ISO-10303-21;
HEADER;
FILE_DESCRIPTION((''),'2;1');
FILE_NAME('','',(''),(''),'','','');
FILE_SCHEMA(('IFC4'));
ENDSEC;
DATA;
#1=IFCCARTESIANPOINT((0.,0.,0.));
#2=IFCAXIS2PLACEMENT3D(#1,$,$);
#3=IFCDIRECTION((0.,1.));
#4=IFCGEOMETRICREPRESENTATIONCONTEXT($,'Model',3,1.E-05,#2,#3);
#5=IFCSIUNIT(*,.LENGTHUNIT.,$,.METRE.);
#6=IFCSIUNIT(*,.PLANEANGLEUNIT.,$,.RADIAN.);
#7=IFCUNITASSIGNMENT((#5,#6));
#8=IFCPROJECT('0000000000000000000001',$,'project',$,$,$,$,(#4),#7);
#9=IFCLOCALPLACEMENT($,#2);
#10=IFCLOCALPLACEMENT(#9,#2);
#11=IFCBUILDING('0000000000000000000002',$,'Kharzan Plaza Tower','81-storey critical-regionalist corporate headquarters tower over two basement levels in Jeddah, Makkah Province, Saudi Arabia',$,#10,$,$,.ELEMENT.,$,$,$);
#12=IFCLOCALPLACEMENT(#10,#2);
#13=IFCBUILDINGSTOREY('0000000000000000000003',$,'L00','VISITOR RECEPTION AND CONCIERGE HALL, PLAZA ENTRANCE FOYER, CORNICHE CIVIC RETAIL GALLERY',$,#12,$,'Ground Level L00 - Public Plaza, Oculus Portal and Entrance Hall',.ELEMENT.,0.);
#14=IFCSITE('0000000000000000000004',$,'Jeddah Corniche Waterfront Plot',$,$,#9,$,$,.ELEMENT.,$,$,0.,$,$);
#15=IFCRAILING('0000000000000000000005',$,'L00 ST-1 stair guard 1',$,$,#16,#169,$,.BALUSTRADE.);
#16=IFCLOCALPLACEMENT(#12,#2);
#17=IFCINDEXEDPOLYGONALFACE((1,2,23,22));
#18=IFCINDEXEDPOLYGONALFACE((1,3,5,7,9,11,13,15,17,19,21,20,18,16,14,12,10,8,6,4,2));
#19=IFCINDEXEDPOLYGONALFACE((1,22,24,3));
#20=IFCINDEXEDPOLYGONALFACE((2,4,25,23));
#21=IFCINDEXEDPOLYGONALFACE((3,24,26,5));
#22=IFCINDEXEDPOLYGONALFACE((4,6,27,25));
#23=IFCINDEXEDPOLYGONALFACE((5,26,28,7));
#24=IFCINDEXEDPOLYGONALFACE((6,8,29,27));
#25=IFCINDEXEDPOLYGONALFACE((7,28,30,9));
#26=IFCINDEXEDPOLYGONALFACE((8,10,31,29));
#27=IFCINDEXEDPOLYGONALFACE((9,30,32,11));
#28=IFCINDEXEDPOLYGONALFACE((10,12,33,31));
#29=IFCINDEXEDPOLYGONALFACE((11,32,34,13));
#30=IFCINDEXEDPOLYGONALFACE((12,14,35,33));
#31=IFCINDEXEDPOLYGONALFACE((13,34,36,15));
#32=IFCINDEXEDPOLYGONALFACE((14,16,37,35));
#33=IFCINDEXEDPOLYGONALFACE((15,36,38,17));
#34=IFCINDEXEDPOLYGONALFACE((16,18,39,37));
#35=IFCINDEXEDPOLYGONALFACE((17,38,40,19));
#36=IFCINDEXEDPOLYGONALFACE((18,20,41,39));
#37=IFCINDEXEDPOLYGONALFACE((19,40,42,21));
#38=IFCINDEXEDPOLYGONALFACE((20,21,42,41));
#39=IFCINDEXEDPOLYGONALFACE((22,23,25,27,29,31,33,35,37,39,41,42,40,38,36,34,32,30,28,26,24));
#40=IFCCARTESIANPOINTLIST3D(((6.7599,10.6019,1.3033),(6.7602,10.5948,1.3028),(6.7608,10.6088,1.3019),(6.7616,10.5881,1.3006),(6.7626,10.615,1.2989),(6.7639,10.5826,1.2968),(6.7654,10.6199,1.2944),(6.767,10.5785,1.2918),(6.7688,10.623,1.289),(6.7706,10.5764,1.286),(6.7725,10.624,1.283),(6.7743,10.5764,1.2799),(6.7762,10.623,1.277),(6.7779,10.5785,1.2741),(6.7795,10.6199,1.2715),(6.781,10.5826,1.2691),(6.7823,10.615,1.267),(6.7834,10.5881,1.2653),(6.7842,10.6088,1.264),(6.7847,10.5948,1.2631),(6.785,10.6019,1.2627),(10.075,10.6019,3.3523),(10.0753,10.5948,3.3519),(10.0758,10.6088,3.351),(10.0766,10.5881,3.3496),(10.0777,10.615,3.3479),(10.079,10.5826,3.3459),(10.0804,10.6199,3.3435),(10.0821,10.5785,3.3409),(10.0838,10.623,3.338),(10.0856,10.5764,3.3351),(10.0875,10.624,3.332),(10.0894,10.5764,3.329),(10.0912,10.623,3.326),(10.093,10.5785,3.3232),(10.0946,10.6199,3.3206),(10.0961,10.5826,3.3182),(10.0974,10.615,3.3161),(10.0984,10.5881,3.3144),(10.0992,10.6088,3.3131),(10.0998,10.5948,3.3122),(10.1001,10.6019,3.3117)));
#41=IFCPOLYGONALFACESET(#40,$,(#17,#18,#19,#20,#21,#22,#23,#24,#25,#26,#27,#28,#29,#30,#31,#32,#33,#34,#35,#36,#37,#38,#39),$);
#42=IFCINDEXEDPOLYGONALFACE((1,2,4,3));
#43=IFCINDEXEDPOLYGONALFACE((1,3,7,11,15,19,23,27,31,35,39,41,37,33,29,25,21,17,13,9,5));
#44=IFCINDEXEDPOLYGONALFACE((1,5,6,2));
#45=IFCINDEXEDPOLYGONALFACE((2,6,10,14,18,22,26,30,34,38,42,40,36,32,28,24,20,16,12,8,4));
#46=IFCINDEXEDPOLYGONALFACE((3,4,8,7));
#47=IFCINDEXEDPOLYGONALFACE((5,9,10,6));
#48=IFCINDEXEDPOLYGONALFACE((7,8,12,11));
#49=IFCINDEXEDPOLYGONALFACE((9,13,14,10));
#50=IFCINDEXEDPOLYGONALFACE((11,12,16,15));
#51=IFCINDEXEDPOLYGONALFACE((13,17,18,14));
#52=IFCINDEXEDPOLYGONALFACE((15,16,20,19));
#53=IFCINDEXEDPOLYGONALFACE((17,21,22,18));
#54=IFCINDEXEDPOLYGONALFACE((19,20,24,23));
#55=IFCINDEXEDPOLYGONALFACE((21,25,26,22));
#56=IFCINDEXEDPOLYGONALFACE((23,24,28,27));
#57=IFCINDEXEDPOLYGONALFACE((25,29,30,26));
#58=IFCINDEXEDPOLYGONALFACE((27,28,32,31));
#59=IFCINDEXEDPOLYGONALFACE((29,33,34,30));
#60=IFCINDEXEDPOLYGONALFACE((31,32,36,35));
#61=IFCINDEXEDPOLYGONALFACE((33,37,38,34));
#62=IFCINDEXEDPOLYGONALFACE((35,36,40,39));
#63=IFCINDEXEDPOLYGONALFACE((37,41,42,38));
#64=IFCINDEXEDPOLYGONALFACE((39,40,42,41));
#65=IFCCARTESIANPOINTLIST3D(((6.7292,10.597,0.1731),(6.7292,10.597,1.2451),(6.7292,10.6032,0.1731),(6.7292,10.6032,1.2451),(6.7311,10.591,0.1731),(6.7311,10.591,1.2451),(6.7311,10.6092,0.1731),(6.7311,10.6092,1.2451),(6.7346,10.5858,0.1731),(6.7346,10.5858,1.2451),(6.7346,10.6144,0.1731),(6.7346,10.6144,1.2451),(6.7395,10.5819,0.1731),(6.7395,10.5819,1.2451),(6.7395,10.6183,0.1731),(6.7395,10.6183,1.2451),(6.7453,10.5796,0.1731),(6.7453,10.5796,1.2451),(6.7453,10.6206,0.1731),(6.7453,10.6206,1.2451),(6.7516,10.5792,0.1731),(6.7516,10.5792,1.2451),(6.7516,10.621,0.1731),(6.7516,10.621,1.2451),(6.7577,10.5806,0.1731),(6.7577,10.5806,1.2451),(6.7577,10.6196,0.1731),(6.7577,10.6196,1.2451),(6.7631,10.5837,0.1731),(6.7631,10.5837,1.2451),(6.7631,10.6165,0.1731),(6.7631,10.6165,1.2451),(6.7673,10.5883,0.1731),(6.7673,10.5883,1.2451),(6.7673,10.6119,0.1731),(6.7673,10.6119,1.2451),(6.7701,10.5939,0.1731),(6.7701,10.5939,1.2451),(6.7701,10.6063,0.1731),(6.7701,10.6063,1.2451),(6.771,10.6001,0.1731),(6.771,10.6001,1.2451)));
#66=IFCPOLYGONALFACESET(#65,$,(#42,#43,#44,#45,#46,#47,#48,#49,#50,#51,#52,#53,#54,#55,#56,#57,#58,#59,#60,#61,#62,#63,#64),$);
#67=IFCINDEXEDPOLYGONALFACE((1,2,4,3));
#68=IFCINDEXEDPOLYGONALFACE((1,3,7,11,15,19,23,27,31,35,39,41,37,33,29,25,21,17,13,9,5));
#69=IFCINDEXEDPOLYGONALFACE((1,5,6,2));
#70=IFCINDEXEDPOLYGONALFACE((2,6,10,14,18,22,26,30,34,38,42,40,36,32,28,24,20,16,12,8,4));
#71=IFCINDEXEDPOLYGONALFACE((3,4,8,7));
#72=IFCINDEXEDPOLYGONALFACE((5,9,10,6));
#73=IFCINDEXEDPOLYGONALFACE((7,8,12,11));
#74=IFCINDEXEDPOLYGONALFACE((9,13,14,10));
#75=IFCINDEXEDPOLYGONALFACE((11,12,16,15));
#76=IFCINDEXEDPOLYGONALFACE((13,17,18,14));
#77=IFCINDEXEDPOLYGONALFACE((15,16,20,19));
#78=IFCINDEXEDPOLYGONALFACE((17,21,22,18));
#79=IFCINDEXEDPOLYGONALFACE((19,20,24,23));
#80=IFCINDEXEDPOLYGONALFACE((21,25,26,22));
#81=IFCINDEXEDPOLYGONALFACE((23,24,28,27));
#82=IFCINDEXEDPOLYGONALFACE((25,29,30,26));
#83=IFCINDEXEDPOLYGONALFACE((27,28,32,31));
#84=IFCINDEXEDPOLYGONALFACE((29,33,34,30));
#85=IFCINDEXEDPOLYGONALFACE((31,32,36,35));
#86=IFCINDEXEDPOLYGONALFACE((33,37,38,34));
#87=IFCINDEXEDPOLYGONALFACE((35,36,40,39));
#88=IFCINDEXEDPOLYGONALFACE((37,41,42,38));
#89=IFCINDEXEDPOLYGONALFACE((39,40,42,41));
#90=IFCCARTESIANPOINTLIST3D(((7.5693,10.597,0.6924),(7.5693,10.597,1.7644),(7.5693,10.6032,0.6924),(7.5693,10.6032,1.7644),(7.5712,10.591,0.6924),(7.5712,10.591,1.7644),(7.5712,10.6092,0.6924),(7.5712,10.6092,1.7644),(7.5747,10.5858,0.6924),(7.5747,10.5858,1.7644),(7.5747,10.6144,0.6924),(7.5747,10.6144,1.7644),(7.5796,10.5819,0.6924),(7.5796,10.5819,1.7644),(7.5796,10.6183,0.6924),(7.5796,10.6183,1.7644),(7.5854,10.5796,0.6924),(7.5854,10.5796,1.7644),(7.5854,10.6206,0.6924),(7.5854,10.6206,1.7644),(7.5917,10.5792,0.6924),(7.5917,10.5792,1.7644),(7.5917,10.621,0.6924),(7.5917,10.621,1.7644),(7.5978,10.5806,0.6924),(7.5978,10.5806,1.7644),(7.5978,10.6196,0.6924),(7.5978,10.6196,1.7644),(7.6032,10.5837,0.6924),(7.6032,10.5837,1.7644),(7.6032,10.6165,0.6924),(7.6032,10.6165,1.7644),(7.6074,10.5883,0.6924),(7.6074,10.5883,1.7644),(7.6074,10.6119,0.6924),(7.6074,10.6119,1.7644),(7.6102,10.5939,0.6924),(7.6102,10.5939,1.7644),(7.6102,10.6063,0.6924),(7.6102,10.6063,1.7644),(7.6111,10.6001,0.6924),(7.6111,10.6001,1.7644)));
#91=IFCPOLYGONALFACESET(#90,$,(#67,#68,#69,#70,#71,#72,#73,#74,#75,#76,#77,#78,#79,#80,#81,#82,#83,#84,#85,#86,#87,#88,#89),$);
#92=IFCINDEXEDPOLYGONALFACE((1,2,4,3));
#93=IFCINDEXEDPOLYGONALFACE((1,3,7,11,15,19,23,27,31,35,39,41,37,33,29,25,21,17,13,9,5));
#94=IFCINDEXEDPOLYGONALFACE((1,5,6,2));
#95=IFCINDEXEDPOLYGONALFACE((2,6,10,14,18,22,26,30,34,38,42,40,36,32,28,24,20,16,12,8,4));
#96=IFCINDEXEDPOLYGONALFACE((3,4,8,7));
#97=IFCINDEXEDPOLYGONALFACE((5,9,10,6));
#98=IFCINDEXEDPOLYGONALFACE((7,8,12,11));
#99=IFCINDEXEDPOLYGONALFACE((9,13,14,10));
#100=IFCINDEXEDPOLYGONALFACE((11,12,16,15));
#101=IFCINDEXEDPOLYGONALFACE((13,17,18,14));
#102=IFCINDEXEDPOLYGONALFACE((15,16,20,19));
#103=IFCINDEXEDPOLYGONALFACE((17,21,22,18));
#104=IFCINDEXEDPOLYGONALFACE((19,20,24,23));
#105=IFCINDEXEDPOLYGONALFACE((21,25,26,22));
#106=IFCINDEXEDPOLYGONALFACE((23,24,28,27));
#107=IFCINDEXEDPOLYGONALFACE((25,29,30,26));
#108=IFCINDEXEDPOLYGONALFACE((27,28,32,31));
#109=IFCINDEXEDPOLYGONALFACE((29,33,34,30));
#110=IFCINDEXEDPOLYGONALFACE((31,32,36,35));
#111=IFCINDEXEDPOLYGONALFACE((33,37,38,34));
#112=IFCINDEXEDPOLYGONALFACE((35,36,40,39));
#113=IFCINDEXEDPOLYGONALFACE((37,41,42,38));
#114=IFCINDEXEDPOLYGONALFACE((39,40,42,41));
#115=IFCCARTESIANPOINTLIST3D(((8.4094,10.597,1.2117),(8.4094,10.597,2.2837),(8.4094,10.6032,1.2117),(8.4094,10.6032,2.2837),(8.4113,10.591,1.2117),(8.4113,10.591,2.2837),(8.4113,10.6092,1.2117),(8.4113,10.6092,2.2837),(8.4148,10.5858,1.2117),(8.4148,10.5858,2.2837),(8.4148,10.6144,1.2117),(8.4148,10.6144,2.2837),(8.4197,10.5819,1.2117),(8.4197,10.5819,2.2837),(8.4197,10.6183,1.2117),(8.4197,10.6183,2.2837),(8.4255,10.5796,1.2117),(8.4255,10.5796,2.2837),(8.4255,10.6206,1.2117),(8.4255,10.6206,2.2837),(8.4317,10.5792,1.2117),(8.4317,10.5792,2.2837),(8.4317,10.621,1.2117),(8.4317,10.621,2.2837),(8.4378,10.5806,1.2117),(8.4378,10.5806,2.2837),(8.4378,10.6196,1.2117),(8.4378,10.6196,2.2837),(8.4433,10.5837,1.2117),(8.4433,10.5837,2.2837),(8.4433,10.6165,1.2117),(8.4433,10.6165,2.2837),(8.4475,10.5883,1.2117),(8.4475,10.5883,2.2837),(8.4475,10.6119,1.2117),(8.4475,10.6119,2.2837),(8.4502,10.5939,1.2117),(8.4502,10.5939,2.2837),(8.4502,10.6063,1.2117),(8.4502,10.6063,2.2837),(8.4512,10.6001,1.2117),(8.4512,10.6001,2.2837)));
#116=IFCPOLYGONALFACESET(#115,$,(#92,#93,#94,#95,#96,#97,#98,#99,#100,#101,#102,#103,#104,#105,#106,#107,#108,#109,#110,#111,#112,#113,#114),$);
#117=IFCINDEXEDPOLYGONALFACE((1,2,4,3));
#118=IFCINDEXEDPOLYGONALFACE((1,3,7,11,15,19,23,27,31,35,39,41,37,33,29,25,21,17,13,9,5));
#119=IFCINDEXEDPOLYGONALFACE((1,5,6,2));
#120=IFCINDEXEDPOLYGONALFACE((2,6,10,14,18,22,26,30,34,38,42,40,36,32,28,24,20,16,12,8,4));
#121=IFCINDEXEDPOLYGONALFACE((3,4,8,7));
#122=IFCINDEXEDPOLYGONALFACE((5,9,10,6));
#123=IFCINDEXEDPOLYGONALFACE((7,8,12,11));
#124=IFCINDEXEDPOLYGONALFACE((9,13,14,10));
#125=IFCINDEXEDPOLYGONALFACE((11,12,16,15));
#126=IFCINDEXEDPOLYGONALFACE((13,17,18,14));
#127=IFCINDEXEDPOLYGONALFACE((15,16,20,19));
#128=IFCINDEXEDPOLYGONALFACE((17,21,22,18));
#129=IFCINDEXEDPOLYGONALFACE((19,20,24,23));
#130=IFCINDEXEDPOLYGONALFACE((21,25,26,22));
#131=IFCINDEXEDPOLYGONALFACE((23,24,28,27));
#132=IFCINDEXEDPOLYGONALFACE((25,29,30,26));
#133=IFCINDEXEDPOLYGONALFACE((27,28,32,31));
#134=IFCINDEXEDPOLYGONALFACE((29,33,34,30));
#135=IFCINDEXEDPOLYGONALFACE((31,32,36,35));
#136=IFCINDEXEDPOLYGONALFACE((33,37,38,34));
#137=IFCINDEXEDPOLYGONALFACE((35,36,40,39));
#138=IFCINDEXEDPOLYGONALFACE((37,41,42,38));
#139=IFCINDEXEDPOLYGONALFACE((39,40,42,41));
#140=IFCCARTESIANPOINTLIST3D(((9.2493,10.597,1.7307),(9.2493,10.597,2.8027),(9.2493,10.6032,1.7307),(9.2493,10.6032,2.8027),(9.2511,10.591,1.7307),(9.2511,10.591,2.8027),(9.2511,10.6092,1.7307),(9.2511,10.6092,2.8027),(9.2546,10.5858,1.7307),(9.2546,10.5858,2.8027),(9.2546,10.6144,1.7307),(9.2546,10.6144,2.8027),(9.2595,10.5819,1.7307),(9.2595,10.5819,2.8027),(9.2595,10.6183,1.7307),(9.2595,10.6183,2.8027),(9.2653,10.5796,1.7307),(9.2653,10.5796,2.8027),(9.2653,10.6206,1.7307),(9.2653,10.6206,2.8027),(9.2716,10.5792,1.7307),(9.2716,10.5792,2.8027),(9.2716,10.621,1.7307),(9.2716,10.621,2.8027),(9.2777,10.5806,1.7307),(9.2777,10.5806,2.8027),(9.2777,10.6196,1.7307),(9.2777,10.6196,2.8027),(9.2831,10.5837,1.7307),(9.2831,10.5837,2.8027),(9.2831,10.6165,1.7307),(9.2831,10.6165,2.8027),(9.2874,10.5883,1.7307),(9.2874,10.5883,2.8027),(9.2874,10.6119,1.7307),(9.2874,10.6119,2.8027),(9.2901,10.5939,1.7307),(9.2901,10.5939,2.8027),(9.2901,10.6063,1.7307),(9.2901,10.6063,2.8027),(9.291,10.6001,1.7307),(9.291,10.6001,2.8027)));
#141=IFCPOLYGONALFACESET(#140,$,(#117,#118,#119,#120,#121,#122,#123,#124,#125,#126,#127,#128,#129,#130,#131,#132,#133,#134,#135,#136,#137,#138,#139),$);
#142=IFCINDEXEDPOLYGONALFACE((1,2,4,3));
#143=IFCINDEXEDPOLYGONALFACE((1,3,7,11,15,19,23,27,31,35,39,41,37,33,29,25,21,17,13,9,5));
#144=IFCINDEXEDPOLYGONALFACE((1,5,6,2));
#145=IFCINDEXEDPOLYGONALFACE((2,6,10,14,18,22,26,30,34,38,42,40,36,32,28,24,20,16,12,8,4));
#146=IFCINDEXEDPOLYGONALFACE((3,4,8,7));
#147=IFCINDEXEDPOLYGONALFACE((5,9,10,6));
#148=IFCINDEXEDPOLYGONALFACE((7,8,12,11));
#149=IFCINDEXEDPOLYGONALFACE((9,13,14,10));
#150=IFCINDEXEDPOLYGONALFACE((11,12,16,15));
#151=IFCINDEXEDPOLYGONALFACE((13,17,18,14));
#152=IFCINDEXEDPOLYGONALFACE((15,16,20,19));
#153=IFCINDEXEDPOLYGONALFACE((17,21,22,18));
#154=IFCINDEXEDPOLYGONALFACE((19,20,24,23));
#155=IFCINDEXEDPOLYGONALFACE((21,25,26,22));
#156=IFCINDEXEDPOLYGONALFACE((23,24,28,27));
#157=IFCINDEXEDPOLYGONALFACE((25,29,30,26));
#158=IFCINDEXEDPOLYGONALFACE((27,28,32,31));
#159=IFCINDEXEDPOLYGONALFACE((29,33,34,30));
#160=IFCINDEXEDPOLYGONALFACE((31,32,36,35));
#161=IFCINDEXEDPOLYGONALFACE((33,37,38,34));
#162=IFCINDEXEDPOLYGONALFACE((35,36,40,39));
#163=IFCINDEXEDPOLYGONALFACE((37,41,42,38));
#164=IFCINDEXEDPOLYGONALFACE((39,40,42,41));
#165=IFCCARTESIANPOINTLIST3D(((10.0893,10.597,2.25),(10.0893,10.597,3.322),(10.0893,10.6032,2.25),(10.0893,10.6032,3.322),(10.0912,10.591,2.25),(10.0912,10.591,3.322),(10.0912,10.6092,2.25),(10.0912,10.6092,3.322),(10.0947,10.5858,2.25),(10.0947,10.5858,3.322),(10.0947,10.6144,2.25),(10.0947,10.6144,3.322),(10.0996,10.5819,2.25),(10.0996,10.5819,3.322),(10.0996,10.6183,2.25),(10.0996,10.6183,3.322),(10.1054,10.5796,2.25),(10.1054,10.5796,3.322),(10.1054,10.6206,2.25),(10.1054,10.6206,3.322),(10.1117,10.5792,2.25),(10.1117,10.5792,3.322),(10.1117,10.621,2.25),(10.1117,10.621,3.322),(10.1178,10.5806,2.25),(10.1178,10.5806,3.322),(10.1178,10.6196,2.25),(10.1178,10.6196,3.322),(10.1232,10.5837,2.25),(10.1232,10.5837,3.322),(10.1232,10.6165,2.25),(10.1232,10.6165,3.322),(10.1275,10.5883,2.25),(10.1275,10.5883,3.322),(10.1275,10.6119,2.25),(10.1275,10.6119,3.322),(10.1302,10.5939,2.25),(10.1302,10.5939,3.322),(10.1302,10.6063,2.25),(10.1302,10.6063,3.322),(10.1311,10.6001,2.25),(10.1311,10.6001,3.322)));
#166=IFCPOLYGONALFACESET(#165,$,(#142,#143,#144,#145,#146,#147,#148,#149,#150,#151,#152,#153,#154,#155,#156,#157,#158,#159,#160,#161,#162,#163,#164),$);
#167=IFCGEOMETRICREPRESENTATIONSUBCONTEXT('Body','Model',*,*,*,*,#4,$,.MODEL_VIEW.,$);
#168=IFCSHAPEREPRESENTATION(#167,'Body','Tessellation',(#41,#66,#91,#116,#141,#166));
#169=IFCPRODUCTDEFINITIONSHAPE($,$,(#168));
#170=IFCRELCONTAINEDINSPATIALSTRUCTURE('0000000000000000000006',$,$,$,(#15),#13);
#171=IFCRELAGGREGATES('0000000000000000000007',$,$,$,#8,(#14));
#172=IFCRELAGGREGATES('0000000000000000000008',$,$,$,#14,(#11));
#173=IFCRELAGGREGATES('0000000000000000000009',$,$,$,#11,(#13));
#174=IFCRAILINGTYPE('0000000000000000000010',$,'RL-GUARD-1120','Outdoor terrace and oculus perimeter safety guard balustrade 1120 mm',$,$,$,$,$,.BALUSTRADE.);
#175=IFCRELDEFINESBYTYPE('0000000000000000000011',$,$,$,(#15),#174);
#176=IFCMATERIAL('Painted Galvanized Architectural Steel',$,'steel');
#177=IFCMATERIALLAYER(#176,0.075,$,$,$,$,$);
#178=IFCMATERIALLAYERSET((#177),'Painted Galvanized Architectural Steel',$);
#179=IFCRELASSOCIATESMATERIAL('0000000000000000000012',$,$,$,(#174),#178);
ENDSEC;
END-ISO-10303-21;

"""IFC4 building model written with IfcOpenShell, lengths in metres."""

from ifc_helpers import new_model, si_unit, direction, frame, origin, origin_2d, place, context, subcontext, project, spatial, circle, extrude, source, transform, mapped, material, layer, layer_set, type_object, element, save


model = new_model("IFC4")

# Units and contexts
model_context = context("Model", 3, precision=1e-05, world=origin(), true_north=direction((0.0, 1.0)))
body_context = subcontext(model_context, "Body", "Model", "MODEL_VIEW")
ifc_project = project(units=[si_unit("LENGTHUNIT", "METRE"), si_unit("PLANEANGLEUNIT", "RADIAN")], contexts=[model_context])

# Site, building, storey
site_placement = place(None, origin())
site = spatial("IfcSite", under=ifc_project, at=site_placement, Name="Jeddah Corniche Waterfront Plot", CompositionType="ELEMENT", RefElevation=0.0)
building_placement = place(site_placement, origin())
building = spatial("IfcBuilding", under=site, at=building_placement, Name="Kharzan Plaza Tower", Description="81-storey critical-regionalist corporate headquarters tower over two basement levels in Jeddah, Makkah Province, Saudi Arabia", CompositionType="ELEMENT")
storey_placement = place(building_placement, origin())
storey = spatial("IfcBuildingStorey", under=building, at=storey_placement, Name="L00", Description="VISITOR RECEPTION AND CONCIERGE HALL, PLAZA ENTRANCE FOYER, CORNICHE CIVIC RETAIL GALLERY", LongName="Ground Level L00 - Public Plaza, Oculus Portal and Entrance Hall", CompositionType="ELEMENT", Elevation=0.0)

# Railing
ifc_material_1 = material(Name="Painted Galvanized Architectural Steel", Category="steel")
ifc_layer_1 = layer(ifc_material_1, 0.075)
ifc_layer_set_1 = layer_set([ifc_layer_1], Name="Painted Galvanized Architectural Steel")
railing_type_1 = type_object("IfcRailingType", Name="RL-GUARD-1120", Description="Outdoor terrace and oculus perimeter safety guard balustrade 1120 mm", PredefinedType="BALUSTRADE", material=ifc_layer_set_1)
shared_shape_1 = source(origin(), body_context, "Body", "SweptSolid", [
    extrude(circle(Radius=0.0239, at=origin_2d()), frame((0.0225, 0.0, 1.1099), z_axis=(0.850623, 0.0, 0.525776), x_axis=(0.0, 1.0, 0.0)), (0.0, 0.0, 1.0), 3.8972),
    extrude(circle(Radius=0.021, at=origin_2d()), origin(), (0.0, 0.0, 1.0), 1.072),
    extrude(circle(Radius=0.021, at=origin_2d()), frame((0.8401, 0.0, 0.5193)), (0.0, 0.0, 1.0), 1.072),
    extrude(circle(Radius=0.021, at=origin_2d()), frame((1.6802, 0.0, 1.0386)), (0.0, 0.0, 1.0), 1.072),
    extrude(circle(Radius=0.021, at=origin_2d()), frame((2.52, 0.0, 1.5576)), (0.0, 0.0, 1.0), 1.072),
    extrude(circle(Radius=0.021, at=origin_2d()), frame((3.3601, 0.0, 2.0769)), (0.0, 0.0, 1.0), 1.072),
])
railing_1_placement = place(storey_placement, frame((6.75, 10.6001, 0.1731)))
element("IfcRailing", 1, at=railing_1_placement, inside=storey, type_object=railing_type_1, Name="L00 ST-1 stair guard 1", PredefinedType="BALUSTRADE", context=body_context, shape_type="MappedRepresentation", body=[
    mapped(shared_shape_1, transform((0.0, 0.0, 0.0), x_axis=(1.0, 0.0, 0.0), y_axis=(0.0, 1.0, 0.0), z_axis=(0.0, 0.0, 1.0))),
])

save(model, "model.ifc")
